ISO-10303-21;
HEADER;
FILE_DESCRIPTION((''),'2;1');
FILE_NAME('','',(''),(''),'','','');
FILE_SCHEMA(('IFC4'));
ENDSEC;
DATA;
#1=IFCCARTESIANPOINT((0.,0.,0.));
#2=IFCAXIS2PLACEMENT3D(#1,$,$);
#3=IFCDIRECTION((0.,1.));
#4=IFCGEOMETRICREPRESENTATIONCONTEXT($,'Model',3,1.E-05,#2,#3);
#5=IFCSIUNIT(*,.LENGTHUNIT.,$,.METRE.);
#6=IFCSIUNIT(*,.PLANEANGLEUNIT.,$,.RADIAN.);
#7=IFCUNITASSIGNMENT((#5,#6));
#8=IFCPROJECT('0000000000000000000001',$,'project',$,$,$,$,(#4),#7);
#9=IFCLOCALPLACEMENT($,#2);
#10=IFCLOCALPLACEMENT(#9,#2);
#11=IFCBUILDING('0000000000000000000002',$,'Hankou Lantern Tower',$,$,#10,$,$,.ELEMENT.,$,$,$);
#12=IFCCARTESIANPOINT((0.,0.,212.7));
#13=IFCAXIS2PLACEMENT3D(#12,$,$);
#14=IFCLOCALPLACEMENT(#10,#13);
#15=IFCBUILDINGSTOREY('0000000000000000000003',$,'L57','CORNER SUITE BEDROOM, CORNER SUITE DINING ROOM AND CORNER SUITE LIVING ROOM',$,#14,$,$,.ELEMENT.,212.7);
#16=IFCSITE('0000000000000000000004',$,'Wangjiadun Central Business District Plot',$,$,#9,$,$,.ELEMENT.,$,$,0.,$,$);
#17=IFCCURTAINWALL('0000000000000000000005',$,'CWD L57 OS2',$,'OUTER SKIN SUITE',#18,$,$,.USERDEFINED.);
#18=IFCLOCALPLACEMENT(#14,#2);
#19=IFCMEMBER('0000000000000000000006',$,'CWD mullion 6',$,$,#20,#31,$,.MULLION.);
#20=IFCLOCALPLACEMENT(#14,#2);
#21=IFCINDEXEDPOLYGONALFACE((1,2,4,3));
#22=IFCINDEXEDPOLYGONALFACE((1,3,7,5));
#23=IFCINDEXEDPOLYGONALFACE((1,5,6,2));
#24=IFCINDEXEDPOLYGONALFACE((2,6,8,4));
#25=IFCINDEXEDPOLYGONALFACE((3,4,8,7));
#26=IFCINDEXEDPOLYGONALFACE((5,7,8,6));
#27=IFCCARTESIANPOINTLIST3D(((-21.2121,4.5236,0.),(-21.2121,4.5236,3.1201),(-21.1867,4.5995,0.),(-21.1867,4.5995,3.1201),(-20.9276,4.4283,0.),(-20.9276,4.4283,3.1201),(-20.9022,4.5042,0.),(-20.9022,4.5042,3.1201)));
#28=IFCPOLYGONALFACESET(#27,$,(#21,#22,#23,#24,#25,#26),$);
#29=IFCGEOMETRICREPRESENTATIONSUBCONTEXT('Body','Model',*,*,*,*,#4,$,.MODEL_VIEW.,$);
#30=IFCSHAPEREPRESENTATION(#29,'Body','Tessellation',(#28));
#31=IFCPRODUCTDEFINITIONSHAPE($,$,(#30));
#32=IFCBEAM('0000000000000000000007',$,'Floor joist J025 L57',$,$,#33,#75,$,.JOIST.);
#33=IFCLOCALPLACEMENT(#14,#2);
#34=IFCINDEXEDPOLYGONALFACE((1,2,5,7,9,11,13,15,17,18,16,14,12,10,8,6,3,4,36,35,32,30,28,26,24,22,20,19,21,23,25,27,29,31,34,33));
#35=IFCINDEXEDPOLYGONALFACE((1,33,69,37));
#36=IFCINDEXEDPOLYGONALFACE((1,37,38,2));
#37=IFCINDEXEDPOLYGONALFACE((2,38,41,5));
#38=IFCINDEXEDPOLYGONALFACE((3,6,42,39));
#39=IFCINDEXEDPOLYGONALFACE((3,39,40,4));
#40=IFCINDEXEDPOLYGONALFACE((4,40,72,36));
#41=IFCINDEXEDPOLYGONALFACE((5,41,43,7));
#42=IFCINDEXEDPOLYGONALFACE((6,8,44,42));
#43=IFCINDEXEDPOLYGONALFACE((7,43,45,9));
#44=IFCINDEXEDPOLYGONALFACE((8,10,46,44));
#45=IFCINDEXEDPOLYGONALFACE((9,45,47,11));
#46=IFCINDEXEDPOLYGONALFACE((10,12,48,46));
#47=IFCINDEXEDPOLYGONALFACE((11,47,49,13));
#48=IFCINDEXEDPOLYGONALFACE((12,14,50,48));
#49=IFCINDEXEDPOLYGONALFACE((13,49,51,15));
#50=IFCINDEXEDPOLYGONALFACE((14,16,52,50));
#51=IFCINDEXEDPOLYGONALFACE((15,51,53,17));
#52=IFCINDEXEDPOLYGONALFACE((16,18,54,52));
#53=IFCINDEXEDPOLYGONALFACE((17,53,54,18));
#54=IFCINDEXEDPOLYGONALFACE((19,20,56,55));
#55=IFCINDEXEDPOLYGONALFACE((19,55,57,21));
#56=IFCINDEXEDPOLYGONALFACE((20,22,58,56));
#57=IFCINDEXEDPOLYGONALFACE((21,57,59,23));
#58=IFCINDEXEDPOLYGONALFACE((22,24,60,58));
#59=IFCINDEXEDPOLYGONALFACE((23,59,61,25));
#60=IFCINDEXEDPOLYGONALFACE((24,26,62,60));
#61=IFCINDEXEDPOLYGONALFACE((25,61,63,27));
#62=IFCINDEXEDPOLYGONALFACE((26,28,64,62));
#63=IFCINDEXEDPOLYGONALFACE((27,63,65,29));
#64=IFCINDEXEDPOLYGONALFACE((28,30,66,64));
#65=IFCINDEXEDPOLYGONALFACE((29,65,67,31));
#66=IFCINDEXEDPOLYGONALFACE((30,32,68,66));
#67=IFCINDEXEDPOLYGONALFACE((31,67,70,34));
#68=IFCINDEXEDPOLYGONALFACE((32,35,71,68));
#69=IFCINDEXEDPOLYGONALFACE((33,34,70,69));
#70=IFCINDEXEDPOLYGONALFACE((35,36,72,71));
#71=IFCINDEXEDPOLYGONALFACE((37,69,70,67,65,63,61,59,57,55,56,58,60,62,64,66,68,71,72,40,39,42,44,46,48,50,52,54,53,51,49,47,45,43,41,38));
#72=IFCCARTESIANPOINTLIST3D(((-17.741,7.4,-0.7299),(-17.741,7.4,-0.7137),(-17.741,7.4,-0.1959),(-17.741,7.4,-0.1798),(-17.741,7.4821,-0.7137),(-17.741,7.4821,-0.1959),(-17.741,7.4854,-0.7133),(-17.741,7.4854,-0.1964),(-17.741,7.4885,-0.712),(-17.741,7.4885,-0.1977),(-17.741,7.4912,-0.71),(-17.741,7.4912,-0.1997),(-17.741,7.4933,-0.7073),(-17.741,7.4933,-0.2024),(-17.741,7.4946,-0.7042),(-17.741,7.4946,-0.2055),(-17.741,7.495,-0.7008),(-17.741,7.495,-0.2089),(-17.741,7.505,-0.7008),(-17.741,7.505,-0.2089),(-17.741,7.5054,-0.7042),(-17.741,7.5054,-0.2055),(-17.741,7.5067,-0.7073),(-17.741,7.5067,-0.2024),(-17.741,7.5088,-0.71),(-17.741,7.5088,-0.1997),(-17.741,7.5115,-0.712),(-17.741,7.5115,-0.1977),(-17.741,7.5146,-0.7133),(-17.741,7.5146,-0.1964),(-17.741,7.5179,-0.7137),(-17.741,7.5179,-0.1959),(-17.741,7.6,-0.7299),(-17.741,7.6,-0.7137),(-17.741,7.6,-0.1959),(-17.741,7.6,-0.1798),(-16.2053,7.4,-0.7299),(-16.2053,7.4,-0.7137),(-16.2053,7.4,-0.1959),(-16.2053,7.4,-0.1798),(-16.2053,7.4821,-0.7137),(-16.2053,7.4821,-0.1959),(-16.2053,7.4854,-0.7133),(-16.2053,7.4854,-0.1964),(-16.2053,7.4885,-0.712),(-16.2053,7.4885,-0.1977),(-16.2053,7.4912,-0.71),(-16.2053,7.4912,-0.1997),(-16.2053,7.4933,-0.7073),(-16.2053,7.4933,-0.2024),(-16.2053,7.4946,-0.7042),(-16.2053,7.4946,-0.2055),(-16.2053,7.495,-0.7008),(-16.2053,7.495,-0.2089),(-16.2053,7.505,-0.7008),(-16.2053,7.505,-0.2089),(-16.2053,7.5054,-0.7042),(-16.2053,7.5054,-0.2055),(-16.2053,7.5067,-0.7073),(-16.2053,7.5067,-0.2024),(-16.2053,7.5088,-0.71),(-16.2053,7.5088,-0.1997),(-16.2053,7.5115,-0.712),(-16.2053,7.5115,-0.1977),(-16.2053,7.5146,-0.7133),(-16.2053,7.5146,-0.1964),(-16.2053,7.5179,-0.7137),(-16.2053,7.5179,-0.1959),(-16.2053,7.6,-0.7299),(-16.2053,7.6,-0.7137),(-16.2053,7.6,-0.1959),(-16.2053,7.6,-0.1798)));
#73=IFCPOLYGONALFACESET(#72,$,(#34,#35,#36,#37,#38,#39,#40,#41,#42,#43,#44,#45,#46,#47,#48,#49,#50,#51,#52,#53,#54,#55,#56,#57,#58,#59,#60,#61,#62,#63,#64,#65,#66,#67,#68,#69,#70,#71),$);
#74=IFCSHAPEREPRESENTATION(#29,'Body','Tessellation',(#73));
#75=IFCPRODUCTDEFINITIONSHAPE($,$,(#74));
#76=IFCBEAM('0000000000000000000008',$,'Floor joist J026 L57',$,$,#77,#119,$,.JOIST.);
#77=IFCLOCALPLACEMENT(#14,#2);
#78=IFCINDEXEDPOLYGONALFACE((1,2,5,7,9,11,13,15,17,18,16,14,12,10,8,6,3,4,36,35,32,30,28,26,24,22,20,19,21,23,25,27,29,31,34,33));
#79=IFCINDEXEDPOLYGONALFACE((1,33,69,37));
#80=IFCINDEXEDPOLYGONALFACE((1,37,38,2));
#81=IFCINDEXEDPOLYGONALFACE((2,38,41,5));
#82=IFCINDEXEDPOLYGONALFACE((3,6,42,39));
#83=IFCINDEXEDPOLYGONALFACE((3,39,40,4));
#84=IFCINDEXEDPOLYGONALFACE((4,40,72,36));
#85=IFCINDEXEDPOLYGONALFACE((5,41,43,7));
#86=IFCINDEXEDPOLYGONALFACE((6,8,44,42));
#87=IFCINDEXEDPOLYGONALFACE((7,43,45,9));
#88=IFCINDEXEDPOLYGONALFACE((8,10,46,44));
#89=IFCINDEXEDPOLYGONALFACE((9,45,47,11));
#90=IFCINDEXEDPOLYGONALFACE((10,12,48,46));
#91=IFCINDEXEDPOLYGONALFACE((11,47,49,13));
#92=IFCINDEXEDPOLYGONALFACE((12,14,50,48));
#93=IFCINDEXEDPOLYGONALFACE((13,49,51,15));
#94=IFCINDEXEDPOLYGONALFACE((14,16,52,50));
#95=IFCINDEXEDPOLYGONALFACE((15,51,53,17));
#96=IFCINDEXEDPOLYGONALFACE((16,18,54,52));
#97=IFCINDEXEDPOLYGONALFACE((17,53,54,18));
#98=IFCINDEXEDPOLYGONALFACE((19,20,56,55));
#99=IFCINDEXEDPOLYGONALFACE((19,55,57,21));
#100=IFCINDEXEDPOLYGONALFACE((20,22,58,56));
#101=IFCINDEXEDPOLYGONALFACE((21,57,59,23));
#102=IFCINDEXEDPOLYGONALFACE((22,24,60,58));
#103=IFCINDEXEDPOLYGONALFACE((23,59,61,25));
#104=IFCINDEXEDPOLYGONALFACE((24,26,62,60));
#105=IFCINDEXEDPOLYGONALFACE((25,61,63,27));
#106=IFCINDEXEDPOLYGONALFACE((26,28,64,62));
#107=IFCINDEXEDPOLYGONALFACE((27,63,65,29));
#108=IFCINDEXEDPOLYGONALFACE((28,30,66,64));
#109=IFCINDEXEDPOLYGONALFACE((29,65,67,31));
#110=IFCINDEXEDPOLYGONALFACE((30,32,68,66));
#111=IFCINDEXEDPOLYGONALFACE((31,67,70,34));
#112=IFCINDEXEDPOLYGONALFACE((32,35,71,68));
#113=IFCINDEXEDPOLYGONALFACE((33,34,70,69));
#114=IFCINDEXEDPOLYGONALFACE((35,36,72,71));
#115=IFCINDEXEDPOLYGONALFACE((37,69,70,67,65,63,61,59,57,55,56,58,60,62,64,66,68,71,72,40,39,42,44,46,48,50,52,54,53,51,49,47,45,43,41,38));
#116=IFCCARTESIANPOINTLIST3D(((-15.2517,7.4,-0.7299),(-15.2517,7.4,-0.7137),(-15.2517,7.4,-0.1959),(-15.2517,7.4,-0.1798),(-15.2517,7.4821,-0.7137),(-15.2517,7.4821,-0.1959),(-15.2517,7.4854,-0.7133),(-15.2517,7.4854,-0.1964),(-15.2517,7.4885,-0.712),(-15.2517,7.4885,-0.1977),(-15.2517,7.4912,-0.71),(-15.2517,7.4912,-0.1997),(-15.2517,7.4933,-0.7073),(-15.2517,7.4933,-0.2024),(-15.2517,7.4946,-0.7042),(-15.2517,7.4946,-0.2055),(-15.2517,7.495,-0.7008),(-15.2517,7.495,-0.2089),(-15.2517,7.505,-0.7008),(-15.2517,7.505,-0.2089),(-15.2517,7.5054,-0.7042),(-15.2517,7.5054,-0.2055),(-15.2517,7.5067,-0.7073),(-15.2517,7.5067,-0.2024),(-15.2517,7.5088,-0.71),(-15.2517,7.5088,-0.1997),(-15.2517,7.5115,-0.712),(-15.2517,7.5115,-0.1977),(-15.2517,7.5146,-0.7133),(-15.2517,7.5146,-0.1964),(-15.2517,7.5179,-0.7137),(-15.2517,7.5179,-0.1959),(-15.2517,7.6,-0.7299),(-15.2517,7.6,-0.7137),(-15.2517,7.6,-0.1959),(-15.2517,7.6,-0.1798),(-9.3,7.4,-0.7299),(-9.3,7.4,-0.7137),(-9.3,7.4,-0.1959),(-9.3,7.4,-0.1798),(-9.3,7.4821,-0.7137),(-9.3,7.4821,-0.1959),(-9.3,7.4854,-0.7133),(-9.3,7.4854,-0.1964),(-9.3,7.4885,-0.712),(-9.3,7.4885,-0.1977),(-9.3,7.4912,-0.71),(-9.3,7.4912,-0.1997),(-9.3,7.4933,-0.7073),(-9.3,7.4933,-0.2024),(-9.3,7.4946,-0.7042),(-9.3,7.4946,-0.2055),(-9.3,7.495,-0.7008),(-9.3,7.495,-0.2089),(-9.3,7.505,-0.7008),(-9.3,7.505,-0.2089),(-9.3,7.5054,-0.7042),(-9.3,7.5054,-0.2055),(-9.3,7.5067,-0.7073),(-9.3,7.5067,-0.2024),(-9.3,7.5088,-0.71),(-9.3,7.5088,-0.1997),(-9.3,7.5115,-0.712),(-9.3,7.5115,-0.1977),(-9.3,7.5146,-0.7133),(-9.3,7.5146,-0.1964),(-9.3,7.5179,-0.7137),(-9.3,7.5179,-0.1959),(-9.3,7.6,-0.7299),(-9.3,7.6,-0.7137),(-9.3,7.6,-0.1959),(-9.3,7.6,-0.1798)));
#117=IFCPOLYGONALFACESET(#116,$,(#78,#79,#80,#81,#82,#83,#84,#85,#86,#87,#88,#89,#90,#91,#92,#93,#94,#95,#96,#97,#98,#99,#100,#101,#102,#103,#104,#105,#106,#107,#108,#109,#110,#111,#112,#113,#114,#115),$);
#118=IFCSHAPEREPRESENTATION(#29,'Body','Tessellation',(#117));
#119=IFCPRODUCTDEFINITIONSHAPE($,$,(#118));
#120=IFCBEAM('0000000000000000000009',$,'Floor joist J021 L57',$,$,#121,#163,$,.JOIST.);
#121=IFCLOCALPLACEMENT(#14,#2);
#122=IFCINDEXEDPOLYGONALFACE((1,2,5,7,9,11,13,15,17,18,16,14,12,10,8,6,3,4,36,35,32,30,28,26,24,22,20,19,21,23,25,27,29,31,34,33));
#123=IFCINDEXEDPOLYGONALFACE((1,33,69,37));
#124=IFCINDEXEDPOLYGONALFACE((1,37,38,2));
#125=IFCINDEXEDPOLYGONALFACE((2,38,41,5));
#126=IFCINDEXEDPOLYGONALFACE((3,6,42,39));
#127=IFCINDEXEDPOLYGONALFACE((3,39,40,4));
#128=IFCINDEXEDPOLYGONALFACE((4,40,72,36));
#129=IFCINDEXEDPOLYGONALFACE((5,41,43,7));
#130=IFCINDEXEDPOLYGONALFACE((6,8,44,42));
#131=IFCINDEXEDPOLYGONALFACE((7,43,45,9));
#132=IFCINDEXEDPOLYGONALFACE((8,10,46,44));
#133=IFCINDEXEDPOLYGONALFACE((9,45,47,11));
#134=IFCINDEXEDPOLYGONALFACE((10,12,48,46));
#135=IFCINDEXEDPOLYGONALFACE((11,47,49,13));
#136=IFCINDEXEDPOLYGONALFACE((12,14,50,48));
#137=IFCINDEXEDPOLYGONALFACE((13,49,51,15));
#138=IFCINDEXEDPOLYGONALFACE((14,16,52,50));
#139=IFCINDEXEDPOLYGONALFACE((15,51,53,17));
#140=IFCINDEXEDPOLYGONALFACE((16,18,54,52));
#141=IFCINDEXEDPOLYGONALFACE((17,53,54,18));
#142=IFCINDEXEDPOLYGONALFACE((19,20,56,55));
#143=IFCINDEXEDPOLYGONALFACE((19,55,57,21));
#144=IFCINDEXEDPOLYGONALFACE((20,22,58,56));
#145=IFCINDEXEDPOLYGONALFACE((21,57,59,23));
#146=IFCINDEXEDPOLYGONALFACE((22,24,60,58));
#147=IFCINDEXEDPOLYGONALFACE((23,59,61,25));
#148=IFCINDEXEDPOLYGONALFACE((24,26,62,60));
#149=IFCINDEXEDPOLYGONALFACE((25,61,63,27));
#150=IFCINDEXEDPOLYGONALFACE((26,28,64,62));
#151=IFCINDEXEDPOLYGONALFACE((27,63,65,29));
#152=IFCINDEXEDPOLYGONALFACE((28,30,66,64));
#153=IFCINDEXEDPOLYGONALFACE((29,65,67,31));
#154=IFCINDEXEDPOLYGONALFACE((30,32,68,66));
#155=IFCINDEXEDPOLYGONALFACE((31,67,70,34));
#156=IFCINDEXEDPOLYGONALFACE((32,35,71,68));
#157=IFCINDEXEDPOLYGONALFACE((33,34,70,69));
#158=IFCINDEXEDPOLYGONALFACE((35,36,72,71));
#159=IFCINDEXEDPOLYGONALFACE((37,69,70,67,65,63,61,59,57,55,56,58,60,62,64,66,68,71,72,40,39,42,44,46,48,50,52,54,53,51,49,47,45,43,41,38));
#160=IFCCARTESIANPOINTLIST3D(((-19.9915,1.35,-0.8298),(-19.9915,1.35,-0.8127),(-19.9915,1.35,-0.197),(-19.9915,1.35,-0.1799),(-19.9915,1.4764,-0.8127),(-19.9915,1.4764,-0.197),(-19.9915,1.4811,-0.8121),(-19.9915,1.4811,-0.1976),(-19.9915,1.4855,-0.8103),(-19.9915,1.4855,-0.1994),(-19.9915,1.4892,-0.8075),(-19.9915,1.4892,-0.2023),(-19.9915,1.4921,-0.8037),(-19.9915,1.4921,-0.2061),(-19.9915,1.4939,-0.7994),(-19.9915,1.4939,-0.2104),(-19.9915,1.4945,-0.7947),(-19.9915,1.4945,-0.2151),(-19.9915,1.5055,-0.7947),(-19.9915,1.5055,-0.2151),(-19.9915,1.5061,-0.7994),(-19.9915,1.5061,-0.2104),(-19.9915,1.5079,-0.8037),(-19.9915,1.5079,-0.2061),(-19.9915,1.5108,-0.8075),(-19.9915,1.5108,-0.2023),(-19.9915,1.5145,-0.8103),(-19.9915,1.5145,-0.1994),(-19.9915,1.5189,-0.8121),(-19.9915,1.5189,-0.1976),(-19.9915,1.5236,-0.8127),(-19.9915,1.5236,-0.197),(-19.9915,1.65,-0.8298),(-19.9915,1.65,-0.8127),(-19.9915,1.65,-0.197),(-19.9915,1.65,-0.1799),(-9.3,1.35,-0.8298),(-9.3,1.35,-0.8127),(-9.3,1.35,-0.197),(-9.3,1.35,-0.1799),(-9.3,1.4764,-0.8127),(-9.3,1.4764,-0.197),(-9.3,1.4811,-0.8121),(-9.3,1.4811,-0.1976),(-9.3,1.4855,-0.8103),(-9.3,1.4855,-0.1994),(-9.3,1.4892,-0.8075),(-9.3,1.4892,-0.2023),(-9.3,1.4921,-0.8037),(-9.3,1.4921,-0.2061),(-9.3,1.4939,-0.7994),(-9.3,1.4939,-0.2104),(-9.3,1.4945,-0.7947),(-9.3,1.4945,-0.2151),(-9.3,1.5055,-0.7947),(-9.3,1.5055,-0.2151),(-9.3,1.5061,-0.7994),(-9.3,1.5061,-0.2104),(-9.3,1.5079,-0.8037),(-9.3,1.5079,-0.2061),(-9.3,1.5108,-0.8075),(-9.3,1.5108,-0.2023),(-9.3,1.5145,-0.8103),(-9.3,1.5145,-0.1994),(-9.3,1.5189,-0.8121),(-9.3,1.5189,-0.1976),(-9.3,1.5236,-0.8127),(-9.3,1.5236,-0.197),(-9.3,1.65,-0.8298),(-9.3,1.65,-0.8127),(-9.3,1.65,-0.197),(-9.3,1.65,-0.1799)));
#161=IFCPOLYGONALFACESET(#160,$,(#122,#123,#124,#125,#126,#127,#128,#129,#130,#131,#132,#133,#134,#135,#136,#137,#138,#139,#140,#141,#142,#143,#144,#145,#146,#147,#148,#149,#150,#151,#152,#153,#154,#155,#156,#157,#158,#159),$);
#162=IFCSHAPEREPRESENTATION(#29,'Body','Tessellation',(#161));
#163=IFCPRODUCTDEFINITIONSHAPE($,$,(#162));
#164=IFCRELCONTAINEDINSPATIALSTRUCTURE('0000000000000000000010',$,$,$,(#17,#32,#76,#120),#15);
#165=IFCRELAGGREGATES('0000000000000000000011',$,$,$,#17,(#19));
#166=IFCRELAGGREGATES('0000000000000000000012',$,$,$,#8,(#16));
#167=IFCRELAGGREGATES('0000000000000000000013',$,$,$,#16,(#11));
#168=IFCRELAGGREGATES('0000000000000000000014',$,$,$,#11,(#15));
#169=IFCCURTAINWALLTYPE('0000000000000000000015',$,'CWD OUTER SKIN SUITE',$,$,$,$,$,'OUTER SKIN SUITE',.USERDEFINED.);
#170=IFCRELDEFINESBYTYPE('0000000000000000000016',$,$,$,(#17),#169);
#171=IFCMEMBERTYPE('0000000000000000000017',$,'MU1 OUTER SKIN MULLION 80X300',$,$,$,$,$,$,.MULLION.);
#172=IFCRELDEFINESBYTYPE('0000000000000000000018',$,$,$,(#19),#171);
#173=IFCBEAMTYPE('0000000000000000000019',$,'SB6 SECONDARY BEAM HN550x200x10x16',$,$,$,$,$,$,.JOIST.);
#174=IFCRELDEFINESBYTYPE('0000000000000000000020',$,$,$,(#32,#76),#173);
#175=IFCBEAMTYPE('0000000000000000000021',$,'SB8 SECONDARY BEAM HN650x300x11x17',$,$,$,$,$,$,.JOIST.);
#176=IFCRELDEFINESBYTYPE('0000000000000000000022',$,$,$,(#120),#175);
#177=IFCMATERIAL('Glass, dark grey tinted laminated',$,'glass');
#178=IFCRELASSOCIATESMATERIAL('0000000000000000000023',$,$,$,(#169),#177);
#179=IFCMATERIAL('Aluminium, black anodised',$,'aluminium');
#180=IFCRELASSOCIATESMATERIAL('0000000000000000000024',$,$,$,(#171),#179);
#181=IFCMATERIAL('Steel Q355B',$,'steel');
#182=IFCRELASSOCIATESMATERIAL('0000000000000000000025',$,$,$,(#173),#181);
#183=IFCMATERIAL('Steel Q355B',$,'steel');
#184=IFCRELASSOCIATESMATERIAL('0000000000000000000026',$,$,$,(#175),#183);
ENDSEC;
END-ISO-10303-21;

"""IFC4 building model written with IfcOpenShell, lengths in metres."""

from ifc_helpers import new_model, si_unit, direction, frame, origin, origin_2d, place, context, subcontext, project, spatial, rectangle, i_section, extrude, material, material_profile, profile_set, type_object, element, aggregate, save


model = new_model("IFC4")

# Units and contexts
model_context = context("Model", 3, precision=1e-05, world=origin(), true_north=direction((0.0, 1.0)))
body_context = subcontext(model_context, "Body", "Model", "MODEL_VIEW")
ifc_project = project(units=[si_unit("LENGTHUNIT", "METRE"), si_unit("PLANEANGLEUNIT", "RADIAN")], contexts=[model_context])

# Site, building, storey
site_placement = place(None, origin())
site = spatial("IfcSite", under=ifc_project, at=site_placement, Name="Wangjiadun Central Business District Plot", CompositionType="ELEMENT", RefElevation=0.0)
building_placement = place(site_placement, origin())
building = spatial("IfcBuilding", under=site, at=building_placement, Name="Hankou Lantern Tower", CompositionType="ELEMENT")
storey_placement = place(building_placement, frame((0.0, 0.0, 212.7)))
storey = spatial("IfcBuildingStorey", under=building, at=storey_placement, Name="L57", Description="CORNER SUITE BEDROOM, CORNER SUITE DINING ROOM AND CORNER SUITE LIVING ROOM", CompositionType="ELEMENT", Elevation=212.7)

# Curtain wall, member
ifc_material_1 = material(Name="Glass, dark grey tinted laminated", Category="glass")
curtain_wall_type = type_object("IfcCurtainWallType", Name="CWD OUTER SKIN SUITE", ElementType="OUTER SKIN SUITE", PredefinedType="USERDEFINED", material=ifc_material_1)
curtain_wall_placement = place(storey_placement, origin())
curtain_wall = element("IfcCurtainWall", 1, at=curtain_wall_placement, inside=storey, type_object=curtain_wall_type, Name="CWD L57 OS2", ObjectType="OUTER SKIN SUITE", PredefinedType="USERDEFINED")
ifc_material_2 = material(Name="Aluminium, black anodised", Category="aluminium")
ifc_material_profile_1 = material_profile(ifc_material_2, rectangle(XDim=0.0801, YDim=0.3, at=origin_2d()), Name="MU1 80X300")
ifc_profile_set_1 = profile_set([ifc_material_profile_1], Name="Aluminium, black anodised")
member_type_1 = type_object("IfcMemberType", Name="MU1 OUTER SKIN MULLION 80X300", PredefinedType="MULLION", material=ifc_profile_set_1)
member_1_placement = place(storey_placement, frame((-21.0571, 4.5139, 0.0), z_axis=(0.0, 0.0, 1.0), x_axis=(-0.317596, -0.948226, 0.0)))
member_1 = element("IfcMember", 2, at=member_1_placement, type_object=member_type_1, Name="CWD mullion 6", PredefinedType="MULLION", context=body_context, shape_type="SweptSolid", body=[
    extrude(rectangle(XDim=0.0801, YDim=0.3, at=origin_2d()), origin(), (0.0, 0.0, 1.0), 3.1201),
])

# Beams
ifc_material_3 = material(Name="Steel Q355B", Category="steel")
ifc_material_profile_2 = material_profile(ifc_material_3, i_section(OverallWidth=0.2, OverallDepth=0.55, WebThickness=0.01, FlangeThickness=0.0161, FilletRadius=0.0129, at=origin_2d()), Name="HN550x200x10x16")
ifc_profile_set_2 = profile_set([ifc_material_profile_2], Name="Steel Q355B")
beam_type_1 = type_object("IfcBeamType", Name="SB6 SECONDARY BEAM HN550x200x10x16", PredefinedType="JOIST", material=ifc_profile_set_2)
beam_1_placement = place(storey_placement, frame((-17.741, 7.5, -0.4548), z_axis=(1.0, 0.0, 0.0), x_axis=(0.0, 1.0, 0.0)))
element("IfcBeam", 3, at=beam_1_placement, inside=storey, type_object=beam_type_1, Name="Floor joist J025 L57", PredefinedType="JOIST", context=body_context, shape_type="SweptSolid", body=[
    extrude(i_section(OverallWidth=0.2, OverallDepth=0.55, WebThickness=0.01, FlangeThickness=0.0161, FilletRadius=0.0129, at=origin_2d()), origin(), (0.0, 0.0, 1.0), 1.5356),
])
beam_2_placement = place(storey_placement, frame((-15.2517, 7.5, -0.4548), z_axis=(1.0, 0.0, 0.0), x_axis=(0.0, 1.0, 0.0)))
element("IfcBeam", 4, at=beam_2_placement, inside=storey, type_object=beam_type_1, Name="Floor joist J026 L57", PredefinedType="JOIST", context=body_context, shape_type="SweptSolid", body=[
    extrude(i_section(OverallWidth=0.2, OverallDepth=0.55, WebThickness=0.01, FlangeThickness=0.0161, FilletRadius=0.0129, at=origin_2d()), origin(), (0.0, 0.0, 1.0), 5.9517),
])
ifc_material_4 = material(Name="Steel Q355B", Category="steel")
ifc_material_profile_3 = material_profile(ifc_material_4, i_section(OverallWidth=0.3, OverallDepth=0.6499, WebThickness=0.011, FlangeThickness=0.0171, FilletRadius=0.0181, at=origin_2d()), Name="HN650x300x11x17")
ifc_profile_set_3 = profile_set([ifc_material_profile_3], Name="Steel Q355B")
beam_type_2 = type_object("IfcBeamType", Name="SB8 SECONDARY BEAM HN650x300x11x17", PredefinedType="JOIST", material=ifc_profile_set_3)
beam_3_placement = place(storey_placement, frame((-19.9915, 1.5, -0.5049), z_axis=(1.0, 0.0, 0.0), x_axis=(0.0, 1.0, 0.0)))
element("IfcBeam", 5, at=beam_3_placement, inside=storey, type_object=beam_type_2, Name="Floor joist J021 L57", PredefinedType="JOIST", context=body_context, shape_type="SweptSolid", body=[
    extrude(i_section(OverallWidth=0.3, OverallDepth=0.6499, WebThickness=0.011, FlangeThickness=0.0171, FilletRadius=0.0181, at=origin_2d()), origin(), (0.0, 0.0, 1.0), 10.6914),
])

aggregate(curtain_wall, [member_1])

save(model, "model.ifc")
